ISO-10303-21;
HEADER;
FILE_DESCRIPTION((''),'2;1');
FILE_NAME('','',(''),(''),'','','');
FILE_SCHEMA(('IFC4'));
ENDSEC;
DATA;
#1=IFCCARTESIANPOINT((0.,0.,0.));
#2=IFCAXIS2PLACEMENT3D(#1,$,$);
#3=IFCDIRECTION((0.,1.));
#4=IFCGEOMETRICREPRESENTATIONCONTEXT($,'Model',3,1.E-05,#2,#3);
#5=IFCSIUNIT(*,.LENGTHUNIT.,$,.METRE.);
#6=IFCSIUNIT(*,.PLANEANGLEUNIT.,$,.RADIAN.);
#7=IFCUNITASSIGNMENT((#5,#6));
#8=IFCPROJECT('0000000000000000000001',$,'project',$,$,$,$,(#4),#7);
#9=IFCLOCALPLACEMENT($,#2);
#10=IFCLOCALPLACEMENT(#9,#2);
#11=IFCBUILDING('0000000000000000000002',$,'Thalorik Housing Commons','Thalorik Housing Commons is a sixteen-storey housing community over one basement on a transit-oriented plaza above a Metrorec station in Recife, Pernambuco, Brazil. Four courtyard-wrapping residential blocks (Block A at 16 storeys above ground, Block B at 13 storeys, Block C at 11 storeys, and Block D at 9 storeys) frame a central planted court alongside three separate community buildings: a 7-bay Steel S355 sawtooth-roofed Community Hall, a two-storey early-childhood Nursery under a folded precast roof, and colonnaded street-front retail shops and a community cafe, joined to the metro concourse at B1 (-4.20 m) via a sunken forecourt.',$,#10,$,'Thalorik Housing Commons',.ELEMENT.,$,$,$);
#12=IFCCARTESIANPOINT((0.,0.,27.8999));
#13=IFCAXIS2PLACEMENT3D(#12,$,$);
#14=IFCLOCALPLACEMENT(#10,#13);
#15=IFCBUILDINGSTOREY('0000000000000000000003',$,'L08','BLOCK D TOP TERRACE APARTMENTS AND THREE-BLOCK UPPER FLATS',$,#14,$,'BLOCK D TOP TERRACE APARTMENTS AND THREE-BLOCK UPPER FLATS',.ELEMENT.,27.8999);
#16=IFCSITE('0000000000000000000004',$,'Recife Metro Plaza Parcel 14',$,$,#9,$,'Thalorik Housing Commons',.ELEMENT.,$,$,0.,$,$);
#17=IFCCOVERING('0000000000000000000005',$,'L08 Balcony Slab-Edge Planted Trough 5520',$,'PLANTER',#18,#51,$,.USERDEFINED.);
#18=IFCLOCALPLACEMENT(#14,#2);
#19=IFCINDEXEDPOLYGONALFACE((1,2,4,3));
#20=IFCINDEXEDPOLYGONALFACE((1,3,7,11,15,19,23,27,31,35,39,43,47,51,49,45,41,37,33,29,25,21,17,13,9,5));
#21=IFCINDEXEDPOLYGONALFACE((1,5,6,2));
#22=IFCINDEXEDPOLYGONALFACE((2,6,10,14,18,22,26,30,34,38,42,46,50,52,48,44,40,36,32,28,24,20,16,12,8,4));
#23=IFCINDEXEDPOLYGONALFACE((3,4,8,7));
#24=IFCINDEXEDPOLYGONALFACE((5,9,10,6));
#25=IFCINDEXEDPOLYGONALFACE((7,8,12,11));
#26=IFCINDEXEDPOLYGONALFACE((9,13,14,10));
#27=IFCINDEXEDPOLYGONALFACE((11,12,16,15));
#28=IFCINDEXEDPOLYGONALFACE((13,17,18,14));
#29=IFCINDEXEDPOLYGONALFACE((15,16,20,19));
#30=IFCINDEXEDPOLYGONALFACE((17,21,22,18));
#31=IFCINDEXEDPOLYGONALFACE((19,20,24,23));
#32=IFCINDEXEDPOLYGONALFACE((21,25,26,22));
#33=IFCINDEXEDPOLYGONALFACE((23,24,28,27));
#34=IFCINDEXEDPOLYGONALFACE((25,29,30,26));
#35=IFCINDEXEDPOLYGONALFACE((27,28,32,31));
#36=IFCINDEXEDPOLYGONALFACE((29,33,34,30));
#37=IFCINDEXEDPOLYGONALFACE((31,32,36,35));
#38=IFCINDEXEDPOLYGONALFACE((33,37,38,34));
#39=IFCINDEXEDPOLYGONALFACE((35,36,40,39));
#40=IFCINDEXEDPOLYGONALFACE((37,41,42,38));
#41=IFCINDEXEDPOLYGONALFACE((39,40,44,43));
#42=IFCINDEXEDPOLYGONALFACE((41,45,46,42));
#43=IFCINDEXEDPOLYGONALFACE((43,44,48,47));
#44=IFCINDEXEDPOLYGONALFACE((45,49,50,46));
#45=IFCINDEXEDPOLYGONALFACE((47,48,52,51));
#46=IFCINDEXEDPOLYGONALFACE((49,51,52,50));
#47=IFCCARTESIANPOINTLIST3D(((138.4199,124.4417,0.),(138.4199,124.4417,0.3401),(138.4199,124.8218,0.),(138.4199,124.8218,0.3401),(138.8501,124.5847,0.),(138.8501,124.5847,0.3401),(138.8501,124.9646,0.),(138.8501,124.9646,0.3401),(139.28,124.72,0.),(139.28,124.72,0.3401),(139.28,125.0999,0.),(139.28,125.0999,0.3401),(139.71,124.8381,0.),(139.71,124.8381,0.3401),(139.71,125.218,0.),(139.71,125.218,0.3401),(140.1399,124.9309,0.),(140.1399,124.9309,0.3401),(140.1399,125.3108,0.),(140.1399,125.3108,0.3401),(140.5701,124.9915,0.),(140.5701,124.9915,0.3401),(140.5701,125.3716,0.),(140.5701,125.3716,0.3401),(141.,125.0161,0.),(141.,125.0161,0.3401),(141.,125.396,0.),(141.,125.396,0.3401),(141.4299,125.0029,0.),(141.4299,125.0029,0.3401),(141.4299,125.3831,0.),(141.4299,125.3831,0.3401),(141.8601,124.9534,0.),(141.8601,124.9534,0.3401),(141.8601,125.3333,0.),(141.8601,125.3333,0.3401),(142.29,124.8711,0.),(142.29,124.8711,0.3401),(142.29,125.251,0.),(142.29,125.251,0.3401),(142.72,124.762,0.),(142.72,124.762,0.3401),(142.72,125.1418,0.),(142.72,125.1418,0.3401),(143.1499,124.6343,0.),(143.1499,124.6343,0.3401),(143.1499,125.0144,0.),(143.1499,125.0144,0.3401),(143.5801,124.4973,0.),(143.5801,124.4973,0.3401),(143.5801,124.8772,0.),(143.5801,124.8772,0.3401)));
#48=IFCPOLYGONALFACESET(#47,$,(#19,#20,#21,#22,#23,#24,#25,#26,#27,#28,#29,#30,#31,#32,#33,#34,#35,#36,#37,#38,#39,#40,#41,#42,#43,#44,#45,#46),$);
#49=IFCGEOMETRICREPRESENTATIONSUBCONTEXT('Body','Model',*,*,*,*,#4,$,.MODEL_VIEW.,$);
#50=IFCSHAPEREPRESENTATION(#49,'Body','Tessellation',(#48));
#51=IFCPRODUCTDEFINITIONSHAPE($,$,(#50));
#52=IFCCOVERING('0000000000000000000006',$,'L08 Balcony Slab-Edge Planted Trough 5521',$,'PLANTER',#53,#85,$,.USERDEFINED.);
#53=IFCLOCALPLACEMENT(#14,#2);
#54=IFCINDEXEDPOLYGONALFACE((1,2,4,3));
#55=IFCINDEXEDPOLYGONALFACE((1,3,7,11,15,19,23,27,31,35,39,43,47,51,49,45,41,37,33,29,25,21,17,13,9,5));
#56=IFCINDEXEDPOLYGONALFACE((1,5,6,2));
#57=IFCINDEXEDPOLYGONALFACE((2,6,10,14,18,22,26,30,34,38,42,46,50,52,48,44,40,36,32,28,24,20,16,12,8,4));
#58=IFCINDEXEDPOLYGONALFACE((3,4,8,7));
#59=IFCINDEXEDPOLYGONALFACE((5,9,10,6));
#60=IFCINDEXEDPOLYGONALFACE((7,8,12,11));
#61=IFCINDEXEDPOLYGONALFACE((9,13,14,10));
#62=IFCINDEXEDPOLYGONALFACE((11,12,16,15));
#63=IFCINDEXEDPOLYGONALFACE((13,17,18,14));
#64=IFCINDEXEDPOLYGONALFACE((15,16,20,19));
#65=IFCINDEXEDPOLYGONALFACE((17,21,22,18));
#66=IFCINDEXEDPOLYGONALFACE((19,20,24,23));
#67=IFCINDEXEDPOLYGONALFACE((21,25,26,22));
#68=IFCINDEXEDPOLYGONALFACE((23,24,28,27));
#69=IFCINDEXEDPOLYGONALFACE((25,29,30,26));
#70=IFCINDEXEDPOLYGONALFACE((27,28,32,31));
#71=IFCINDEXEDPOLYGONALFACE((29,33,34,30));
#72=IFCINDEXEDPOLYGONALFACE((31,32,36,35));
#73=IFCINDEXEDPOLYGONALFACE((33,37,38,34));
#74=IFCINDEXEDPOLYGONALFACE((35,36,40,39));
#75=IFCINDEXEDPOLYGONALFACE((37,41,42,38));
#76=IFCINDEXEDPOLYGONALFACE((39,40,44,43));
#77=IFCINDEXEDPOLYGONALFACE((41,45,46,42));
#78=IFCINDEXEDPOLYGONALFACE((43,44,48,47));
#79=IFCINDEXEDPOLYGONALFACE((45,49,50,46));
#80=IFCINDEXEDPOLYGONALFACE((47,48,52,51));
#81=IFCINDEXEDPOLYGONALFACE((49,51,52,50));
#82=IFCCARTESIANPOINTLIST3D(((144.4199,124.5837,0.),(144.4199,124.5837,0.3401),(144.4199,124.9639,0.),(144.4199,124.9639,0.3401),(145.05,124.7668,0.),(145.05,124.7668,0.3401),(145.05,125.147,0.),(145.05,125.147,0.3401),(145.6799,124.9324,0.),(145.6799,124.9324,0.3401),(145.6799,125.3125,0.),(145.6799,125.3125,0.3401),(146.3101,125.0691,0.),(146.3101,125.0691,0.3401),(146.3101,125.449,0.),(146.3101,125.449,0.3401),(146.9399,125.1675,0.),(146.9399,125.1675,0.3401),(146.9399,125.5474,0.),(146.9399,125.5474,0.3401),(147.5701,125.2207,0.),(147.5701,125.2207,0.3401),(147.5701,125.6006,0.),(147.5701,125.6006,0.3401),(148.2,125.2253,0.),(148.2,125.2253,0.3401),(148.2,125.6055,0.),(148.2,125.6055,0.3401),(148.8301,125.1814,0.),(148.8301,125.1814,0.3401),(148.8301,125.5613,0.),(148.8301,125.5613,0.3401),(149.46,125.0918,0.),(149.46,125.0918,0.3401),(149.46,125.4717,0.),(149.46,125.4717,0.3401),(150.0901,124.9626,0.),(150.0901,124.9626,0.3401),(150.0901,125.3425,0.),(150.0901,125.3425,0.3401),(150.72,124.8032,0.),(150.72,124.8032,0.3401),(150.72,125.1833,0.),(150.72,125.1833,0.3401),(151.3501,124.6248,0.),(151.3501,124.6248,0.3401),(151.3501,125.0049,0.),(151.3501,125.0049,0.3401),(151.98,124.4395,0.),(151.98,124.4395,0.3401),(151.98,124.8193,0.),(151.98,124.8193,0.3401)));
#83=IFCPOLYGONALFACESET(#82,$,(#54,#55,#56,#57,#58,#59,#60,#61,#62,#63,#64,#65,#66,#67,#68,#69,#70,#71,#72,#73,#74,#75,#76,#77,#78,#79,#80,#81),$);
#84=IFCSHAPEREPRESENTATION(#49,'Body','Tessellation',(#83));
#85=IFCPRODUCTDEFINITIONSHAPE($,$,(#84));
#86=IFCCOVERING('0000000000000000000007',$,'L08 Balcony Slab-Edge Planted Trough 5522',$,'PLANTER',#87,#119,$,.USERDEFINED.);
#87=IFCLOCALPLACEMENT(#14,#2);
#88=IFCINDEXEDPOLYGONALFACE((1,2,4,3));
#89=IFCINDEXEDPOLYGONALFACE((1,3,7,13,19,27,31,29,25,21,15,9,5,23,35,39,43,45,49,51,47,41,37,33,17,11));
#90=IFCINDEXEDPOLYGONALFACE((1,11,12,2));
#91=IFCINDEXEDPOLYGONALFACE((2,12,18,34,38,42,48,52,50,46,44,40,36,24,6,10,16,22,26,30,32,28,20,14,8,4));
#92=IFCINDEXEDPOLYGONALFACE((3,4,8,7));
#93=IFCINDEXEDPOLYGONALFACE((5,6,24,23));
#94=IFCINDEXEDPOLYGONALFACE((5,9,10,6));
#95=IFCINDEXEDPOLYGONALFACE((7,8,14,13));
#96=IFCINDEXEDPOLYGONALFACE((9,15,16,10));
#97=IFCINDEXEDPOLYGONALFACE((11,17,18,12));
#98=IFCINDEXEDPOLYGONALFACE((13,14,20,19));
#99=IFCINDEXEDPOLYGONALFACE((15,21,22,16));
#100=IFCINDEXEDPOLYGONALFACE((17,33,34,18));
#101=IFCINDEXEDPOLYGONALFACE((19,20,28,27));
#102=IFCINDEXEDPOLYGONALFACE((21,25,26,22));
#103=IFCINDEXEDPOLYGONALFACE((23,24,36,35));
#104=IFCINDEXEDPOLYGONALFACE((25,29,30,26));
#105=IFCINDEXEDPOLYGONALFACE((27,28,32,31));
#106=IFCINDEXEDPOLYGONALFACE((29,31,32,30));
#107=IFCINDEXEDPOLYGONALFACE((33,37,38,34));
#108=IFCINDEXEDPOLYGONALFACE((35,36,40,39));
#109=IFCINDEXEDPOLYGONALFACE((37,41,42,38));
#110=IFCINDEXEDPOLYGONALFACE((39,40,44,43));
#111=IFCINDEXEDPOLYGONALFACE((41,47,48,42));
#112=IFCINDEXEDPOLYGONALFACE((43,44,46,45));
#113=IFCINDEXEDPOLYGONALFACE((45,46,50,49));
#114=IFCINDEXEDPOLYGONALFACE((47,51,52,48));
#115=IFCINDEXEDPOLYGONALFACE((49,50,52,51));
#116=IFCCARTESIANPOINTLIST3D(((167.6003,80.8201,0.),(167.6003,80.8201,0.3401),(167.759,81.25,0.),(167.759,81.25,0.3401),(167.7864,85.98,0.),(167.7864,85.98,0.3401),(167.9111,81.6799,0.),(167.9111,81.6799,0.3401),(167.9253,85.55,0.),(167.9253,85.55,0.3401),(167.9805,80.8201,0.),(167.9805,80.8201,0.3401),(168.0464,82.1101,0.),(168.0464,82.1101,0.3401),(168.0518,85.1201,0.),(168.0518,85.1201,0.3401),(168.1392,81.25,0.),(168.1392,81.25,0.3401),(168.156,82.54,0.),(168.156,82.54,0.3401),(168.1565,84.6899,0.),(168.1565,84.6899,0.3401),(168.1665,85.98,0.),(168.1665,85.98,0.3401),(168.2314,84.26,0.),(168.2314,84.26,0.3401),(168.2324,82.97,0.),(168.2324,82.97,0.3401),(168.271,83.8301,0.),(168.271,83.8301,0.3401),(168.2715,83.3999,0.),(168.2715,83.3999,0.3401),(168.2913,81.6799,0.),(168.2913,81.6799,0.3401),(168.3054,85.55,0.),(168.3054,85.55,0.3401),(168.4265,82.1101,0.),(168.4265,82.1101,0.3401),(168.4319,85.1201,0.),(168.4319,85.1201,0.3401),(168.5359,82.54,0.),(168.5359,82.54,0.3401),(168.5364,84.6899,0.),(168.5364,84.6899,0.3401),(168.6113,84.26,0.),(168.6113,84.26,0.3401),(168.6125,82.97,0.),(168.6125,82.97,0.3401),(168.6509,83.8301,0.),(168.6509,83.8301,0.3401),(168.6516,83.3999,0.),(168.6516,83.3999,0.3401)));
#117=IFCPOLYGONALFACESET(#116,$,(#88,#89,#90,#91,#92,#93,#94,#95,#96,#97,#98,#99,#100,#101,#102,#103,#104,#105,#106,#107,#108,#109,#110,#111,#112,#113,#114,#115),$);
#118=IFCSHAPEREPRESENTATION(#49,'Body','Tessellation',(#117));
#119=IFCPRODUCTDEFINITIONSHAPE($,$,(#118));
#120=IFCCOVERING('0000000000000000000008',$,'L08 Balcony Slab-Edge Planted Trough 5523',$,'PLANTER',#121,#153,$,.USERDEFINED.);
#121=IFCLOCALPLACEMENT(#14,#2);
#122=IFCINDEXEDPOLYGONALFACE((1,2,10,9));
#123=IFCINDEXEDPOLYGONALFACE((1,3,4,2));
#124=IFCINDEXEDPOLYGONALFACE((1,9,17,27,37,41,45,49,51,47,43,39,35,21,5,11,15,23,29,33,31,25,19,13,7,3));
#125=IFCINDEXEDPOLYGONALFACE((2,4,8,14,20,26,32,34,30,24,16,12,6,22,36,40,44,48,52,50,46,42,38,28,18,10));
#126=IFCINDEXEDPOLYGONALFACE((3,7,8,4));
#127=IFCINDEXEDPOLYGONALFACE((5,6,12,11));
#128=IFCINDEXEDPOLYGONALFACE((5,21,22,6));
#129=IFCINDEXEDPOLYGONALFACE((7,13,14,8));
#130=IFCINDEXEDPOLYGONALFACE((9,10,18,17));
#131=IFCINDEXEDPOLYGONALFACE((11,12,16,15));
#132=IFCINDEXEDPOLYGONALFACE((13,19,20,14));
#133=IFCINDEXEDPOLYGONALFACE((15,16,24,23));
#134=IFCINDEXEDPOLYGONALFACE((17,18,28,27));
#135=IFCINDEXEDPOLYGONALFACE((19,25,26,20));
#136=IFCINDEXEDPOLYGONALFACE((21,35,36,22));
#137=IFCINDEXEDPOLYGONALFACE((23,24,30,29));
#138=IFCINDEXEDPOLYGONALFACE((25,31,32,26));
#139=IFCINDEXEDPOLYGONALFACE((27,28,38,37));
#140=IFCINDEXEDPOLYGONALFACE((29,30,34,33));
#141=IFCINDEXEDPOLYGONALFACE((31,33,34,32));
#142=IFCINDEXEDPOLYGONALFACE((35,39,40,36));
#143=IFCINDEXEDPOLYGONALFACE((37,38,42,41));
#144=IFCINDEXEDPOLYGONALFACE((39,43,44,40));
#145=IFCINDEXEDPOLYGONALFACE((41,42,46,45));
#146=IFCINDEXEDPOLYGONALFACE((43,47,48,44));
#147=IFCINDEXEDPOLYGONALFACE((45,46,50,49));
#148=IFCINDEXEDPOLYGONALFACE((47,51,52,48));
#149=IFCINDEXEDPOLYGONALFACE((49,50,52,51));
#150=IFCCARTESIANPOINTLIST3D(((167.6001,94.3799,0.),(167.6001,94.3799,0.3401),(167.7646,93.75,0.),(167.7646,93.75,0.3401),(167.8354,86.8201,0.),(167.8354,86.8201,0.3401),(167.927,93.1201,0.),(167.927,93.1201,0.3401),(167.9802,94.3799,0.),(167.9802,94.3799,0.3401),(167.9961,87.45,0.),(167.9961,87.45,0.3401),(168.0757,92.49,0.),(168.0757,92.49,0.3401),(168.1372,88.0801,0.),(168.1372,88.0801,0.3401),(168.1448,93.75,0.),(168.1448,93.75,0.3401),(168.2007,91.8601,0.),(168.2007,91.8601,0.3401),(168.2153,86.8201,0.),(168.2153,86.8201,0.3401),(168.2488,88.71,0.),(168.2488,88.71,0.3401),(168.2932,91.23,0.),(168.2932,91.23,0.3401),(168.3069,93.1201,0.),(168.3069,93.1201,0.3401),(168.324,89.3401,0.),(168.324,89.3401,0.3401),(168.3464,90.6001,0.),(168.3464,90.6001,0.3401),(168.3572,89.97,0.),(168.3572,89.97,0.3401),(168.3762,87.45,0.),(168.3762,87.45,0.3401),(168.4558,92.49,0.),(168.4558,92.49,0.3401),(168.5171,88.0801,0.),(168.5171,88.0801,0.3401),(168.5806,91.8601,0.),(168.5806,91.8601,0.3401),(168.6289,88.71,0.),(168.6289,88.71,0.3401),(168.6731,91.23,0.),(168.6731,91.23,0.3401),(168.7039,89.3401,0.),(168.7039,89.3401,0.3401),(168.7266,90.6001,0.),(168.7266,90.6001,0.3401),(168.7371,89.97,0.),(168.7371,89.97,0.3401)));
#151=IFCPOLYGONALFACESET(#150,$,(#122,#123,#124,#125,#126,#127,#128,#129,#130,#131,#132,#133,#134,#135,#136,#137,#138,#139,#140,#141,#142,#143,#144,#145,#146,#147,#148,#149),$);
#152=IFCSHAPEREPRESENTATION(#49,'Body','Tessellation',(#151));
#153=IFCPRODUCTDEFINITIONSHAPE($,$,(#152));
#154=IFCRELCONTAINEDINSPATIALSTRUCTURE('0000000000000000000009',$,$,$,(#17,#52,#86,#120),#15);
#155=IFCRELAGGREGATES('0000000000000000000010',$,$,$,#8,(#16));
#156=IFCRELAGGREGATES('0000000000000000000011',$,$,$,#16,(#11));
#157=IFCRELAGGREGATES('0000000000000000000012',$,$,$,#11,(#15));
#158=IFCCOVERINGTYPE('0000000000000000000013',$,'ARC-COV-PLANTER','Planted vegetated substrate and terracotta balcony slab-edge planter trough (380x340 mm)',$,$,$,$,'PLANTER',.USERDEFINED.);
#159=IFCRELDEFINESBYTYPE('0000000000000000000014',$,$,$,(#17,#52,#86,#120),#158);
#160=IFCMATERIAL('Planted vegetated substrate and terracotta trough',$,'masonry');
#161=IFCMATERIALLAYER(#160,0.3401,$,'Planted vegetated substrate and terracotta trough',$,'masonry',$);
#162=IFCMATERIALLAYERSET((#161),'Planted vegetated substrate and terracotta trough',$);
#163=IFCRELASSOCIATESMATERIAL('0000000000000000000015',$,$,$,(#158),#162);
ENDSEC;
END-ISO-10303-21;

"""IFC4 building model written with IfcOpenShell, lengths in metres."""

from ifc_helpers import new_model, si_unit, direction, frame, origin, place, context, subcontext, project, spatial, polyline, outline, extrude, material, layer, layer_set, type_object, element, save


model = new_model("IFC4")

# Units and contexts
model_context = context("Model", 3, precision=1e-05, world=origin(), true_north=direction((0.0, 1.0)))
body_context = subcontext(model_context, "Body", "Model", "MODEL_VIEW")
ifc_project = project(units=[si_unit("LENGTHUNIT", "METRE"), si_unit("PLANEANGLEUNIT", "RADIAN")], contexts=[model_context])

# Site, building, storey
site_placement = place(None, origin())
site = spatial("IfcSite", under=ifc_project, at=site_placement, Name="Recife Metro Plaza Parcel 14", LongName="Thalorik Housing Commons", CompositionType="ELEMENT", RefElevation=0.0)
building_placement = place(site_placement, origin())
building = spatial("IfcBuilding", under=site, at=building_placement, Name="Thalorik Housing Commons", Description="Thalorik Housing Commons is a sixteen-storey housing community over one basement on a transit-oriented plaza above a Metrorec station in Recife, Pernambuco, Brazil. Four courtyard-wrapping residential blocks (Block A at 16 storeys above ground, Block B at 13 storeys, Block C at 11 storeys, and Block D at 9 storeys) frame a central planted court alongside three separate community buildings: a 7-bay Steel S355 sawtooth-roofed Community Hall, a two-storey early-childhood Nursery under a folded precast roof, and colonnaded street-front retail shops and a community cafe, joined to the metro concourse at B1 (-4.20 m) via a sunken forecourt.", LongName="Thalorik Housing Commons", CompositionType="ELEMENT")
storey_placement = place(building_placement, frame((0.0, 0.0, 27.8999)))
storey = spatial("IfcBuildingStorey", under=building, at=storey_placement, Name="L08", Description="BLOCK D TOP TERRACE APARTMENTS AND THREE-BLOCK UPPER FLATS", LongName="BLOCK D TOP TERRACE APARTMENTS AND THREE-BLOCK UPPER FLATS", CompositionType="ELEMENT", Elevation=27.8999)

# Coverings
ifc_material = material(Name="Planted vegetated substrate and terracotta trough", Category="masonry")
ifc_layer = layer(ifc_material, 0.3401, Name="Planted vegetated substrate and terracotta trough", Category="masonry")
ifc_layer_set = layer_set([ifc_layer], Name="Planted vegetated substrate and terracotta trough")
covering_type = type_object("IfcCoveringType", Name="ARC-COV-PLANTER", Description="Planted vegetated substrate and terracotta balcony slab-edge planter trough (380x340 mm)", ElementType="PLANTER", PredefinedType="USERDEFINED", material=ifc_layer_set)
covering_1_placement = place(storey_placement, origin())
element("IfcCovering", 1, at=covering_1_placement, inside=storey, type_object=covering_type, Name="L08 Balcony Slab-Edge Planted Trough 5520", ObjectType="PLANTER", PredefinedType="USERDEFINED", context=body_context, shape_type="SweptSolid", body=[
    extrude(outline(polyline([(143.5801, 124.8772), (143.1499, 125.0144), (142.72, 125.1418), (142.29, 125.251), (141.8601, 125.3333), (141.4299, 125.3831), (141.0, 125.396), (140.5701, 125.3716), (140.1399, 125.3108), (139.71, 125.218), (139.28, 125.0999), (138.8501, 124.9646), (138.4199, 124.8218), (138.4199, 124.4417), (138.8501, 124.5847), (139.28, 124.72), (139.71, 124.8381), (140.1399, 124.9309), (140.5701, 124.9915), (141.0, 125.0161), (141.4299, 125.0029), (141.8601, 124.9534), (142.29, 124.8711), (142.72, 124.762), (143.1499, 124.6343), (143.5801, 124.4973), (143.5801, 124.8772)])), origin(), (0.0, 0.0, 1.0), 0.3401),
])
covering_2_placement = place(storey_placement, origin())
element("IfcCovering", 2, at=covering_2_placement, inside=storey, type_object=covering_type, Name="L08 Balcony Slab-Edge Planted Trough 5521", ObjectType="PLANTER", PredefinedType="USERDEFINED", context=body_context, shape_type="SweptSolid", body=[
    extrude(outline(polyline([(151.98, 124.8193), (151.3501, 125.0049), (150.72, 125.1833), (150.0901, 125.3425), (149.46, 125.4717), (148.8301, 125.5613), (148.2, 125.6055), (147.5701, 125.6006), (146.9399, 125.5474), (146.3101, 125.449), (145.6799, 125.3125), (145.05, 125.147), (144.4199, 124.9639), (144.4199, 124.5837), (145.05, 124.7668), (145.6799, 124.9324), (146.3101, 125.0691), (146.9399, 125.1675), (147.5701, 125.2207), (148.2, 125.2253), (148.8301, 125.1814), (149.46, 125.0918), (150.0901, 124.9626), (150.72, 124.8032), (151.3501, 124.6248), (151.98, 124.4395), (151.98, 124.8193)])), origin(), (0.0, 0.0, 1.0), 0.3401),
])
covering_3_placement = place(storey_placement, origin())
element("IfcCovering", 3, at=covering_3_placement, inside=storey, type_object=covering_type, Name="L08 Balcony Slab-Edge Planted Trough 5522", ObjectType="PLANTER", PredefinedType="USERDEFINED", context=body_context, shape_type="SweptSolid", body=[
    extrude(outline(polyline([(167.9805, 80.8201), (168.1392, 81.25), (168.2913, 81.6799), (168.4265, 82.1101), (168.5359, 82.54), (168.6125, 82.97), (168.6516, 83.3999), (168.6509, 83.8301), (168.6113, 84.26), (168.5364, 84.6899), (168.4319, 85.1201), (168.3054, 85.55), (168.1665, 85.98), (167.7864, 85.98), (167.9253, 85.55), (168.0518, 85.1201), (168.1565, 84.6899), (168.2314, 84.26), (168.271, 83.8301), (168.2715, 83.3999), (168.2324, 82.97), (168.156, 82.54), (168.0464, 82.1101), (167.9111, 81.6799), (167.759, 81.25), (167.6003, 80.8201), (167.9805, 80.8201)])), origin(), (0.0, 0.0, 1.0), 0.3401),
])
covering_4_placement = place(storey_placement, origin())
element("IfcCovering", 4, at=covering_4_placement, inside=storey, type_object=covering_type, Name="L08 Balcony Slab-Edge Planted Trough 5523", ObjectType="PLANTER", PredefinedType="USERDEFINED", context=body_context, shape_type="SweptSolid", body=[
    extrude(outline(polyline([(168.2153, 86.8201), (168.3762, 87.45), (168.5171, 88.0801), (168.6289, 88.71), (168.7039, 89.3401), (168.7371, 89.97), (168.7266, 90.6001), (168.6731, 91.23), (168.5806, 91.8601), (168.4558, 92.49), (168.3069, 93.1201), (168.1448, 93.75), (167.9802, 94.3799), (167.6001, 94.3799), (167.7646, 93.75), (167.927, 93.1201), (168.0757, 92.49), (168.2007, 91.8601), (168.2932, 91.23), (168.3464, 90.6001), (168.3572, 89.97), (168.324, 89.3401), (168.2488, 88.71), (168.1372, 88.0801), (167.9961, 87.45), (167.8354, 86.8201), (168.2153, 86.8201)])), origin(), (0.0, 0.0, 1.0), 0.3401),
])

save(model, "model.ifc")
